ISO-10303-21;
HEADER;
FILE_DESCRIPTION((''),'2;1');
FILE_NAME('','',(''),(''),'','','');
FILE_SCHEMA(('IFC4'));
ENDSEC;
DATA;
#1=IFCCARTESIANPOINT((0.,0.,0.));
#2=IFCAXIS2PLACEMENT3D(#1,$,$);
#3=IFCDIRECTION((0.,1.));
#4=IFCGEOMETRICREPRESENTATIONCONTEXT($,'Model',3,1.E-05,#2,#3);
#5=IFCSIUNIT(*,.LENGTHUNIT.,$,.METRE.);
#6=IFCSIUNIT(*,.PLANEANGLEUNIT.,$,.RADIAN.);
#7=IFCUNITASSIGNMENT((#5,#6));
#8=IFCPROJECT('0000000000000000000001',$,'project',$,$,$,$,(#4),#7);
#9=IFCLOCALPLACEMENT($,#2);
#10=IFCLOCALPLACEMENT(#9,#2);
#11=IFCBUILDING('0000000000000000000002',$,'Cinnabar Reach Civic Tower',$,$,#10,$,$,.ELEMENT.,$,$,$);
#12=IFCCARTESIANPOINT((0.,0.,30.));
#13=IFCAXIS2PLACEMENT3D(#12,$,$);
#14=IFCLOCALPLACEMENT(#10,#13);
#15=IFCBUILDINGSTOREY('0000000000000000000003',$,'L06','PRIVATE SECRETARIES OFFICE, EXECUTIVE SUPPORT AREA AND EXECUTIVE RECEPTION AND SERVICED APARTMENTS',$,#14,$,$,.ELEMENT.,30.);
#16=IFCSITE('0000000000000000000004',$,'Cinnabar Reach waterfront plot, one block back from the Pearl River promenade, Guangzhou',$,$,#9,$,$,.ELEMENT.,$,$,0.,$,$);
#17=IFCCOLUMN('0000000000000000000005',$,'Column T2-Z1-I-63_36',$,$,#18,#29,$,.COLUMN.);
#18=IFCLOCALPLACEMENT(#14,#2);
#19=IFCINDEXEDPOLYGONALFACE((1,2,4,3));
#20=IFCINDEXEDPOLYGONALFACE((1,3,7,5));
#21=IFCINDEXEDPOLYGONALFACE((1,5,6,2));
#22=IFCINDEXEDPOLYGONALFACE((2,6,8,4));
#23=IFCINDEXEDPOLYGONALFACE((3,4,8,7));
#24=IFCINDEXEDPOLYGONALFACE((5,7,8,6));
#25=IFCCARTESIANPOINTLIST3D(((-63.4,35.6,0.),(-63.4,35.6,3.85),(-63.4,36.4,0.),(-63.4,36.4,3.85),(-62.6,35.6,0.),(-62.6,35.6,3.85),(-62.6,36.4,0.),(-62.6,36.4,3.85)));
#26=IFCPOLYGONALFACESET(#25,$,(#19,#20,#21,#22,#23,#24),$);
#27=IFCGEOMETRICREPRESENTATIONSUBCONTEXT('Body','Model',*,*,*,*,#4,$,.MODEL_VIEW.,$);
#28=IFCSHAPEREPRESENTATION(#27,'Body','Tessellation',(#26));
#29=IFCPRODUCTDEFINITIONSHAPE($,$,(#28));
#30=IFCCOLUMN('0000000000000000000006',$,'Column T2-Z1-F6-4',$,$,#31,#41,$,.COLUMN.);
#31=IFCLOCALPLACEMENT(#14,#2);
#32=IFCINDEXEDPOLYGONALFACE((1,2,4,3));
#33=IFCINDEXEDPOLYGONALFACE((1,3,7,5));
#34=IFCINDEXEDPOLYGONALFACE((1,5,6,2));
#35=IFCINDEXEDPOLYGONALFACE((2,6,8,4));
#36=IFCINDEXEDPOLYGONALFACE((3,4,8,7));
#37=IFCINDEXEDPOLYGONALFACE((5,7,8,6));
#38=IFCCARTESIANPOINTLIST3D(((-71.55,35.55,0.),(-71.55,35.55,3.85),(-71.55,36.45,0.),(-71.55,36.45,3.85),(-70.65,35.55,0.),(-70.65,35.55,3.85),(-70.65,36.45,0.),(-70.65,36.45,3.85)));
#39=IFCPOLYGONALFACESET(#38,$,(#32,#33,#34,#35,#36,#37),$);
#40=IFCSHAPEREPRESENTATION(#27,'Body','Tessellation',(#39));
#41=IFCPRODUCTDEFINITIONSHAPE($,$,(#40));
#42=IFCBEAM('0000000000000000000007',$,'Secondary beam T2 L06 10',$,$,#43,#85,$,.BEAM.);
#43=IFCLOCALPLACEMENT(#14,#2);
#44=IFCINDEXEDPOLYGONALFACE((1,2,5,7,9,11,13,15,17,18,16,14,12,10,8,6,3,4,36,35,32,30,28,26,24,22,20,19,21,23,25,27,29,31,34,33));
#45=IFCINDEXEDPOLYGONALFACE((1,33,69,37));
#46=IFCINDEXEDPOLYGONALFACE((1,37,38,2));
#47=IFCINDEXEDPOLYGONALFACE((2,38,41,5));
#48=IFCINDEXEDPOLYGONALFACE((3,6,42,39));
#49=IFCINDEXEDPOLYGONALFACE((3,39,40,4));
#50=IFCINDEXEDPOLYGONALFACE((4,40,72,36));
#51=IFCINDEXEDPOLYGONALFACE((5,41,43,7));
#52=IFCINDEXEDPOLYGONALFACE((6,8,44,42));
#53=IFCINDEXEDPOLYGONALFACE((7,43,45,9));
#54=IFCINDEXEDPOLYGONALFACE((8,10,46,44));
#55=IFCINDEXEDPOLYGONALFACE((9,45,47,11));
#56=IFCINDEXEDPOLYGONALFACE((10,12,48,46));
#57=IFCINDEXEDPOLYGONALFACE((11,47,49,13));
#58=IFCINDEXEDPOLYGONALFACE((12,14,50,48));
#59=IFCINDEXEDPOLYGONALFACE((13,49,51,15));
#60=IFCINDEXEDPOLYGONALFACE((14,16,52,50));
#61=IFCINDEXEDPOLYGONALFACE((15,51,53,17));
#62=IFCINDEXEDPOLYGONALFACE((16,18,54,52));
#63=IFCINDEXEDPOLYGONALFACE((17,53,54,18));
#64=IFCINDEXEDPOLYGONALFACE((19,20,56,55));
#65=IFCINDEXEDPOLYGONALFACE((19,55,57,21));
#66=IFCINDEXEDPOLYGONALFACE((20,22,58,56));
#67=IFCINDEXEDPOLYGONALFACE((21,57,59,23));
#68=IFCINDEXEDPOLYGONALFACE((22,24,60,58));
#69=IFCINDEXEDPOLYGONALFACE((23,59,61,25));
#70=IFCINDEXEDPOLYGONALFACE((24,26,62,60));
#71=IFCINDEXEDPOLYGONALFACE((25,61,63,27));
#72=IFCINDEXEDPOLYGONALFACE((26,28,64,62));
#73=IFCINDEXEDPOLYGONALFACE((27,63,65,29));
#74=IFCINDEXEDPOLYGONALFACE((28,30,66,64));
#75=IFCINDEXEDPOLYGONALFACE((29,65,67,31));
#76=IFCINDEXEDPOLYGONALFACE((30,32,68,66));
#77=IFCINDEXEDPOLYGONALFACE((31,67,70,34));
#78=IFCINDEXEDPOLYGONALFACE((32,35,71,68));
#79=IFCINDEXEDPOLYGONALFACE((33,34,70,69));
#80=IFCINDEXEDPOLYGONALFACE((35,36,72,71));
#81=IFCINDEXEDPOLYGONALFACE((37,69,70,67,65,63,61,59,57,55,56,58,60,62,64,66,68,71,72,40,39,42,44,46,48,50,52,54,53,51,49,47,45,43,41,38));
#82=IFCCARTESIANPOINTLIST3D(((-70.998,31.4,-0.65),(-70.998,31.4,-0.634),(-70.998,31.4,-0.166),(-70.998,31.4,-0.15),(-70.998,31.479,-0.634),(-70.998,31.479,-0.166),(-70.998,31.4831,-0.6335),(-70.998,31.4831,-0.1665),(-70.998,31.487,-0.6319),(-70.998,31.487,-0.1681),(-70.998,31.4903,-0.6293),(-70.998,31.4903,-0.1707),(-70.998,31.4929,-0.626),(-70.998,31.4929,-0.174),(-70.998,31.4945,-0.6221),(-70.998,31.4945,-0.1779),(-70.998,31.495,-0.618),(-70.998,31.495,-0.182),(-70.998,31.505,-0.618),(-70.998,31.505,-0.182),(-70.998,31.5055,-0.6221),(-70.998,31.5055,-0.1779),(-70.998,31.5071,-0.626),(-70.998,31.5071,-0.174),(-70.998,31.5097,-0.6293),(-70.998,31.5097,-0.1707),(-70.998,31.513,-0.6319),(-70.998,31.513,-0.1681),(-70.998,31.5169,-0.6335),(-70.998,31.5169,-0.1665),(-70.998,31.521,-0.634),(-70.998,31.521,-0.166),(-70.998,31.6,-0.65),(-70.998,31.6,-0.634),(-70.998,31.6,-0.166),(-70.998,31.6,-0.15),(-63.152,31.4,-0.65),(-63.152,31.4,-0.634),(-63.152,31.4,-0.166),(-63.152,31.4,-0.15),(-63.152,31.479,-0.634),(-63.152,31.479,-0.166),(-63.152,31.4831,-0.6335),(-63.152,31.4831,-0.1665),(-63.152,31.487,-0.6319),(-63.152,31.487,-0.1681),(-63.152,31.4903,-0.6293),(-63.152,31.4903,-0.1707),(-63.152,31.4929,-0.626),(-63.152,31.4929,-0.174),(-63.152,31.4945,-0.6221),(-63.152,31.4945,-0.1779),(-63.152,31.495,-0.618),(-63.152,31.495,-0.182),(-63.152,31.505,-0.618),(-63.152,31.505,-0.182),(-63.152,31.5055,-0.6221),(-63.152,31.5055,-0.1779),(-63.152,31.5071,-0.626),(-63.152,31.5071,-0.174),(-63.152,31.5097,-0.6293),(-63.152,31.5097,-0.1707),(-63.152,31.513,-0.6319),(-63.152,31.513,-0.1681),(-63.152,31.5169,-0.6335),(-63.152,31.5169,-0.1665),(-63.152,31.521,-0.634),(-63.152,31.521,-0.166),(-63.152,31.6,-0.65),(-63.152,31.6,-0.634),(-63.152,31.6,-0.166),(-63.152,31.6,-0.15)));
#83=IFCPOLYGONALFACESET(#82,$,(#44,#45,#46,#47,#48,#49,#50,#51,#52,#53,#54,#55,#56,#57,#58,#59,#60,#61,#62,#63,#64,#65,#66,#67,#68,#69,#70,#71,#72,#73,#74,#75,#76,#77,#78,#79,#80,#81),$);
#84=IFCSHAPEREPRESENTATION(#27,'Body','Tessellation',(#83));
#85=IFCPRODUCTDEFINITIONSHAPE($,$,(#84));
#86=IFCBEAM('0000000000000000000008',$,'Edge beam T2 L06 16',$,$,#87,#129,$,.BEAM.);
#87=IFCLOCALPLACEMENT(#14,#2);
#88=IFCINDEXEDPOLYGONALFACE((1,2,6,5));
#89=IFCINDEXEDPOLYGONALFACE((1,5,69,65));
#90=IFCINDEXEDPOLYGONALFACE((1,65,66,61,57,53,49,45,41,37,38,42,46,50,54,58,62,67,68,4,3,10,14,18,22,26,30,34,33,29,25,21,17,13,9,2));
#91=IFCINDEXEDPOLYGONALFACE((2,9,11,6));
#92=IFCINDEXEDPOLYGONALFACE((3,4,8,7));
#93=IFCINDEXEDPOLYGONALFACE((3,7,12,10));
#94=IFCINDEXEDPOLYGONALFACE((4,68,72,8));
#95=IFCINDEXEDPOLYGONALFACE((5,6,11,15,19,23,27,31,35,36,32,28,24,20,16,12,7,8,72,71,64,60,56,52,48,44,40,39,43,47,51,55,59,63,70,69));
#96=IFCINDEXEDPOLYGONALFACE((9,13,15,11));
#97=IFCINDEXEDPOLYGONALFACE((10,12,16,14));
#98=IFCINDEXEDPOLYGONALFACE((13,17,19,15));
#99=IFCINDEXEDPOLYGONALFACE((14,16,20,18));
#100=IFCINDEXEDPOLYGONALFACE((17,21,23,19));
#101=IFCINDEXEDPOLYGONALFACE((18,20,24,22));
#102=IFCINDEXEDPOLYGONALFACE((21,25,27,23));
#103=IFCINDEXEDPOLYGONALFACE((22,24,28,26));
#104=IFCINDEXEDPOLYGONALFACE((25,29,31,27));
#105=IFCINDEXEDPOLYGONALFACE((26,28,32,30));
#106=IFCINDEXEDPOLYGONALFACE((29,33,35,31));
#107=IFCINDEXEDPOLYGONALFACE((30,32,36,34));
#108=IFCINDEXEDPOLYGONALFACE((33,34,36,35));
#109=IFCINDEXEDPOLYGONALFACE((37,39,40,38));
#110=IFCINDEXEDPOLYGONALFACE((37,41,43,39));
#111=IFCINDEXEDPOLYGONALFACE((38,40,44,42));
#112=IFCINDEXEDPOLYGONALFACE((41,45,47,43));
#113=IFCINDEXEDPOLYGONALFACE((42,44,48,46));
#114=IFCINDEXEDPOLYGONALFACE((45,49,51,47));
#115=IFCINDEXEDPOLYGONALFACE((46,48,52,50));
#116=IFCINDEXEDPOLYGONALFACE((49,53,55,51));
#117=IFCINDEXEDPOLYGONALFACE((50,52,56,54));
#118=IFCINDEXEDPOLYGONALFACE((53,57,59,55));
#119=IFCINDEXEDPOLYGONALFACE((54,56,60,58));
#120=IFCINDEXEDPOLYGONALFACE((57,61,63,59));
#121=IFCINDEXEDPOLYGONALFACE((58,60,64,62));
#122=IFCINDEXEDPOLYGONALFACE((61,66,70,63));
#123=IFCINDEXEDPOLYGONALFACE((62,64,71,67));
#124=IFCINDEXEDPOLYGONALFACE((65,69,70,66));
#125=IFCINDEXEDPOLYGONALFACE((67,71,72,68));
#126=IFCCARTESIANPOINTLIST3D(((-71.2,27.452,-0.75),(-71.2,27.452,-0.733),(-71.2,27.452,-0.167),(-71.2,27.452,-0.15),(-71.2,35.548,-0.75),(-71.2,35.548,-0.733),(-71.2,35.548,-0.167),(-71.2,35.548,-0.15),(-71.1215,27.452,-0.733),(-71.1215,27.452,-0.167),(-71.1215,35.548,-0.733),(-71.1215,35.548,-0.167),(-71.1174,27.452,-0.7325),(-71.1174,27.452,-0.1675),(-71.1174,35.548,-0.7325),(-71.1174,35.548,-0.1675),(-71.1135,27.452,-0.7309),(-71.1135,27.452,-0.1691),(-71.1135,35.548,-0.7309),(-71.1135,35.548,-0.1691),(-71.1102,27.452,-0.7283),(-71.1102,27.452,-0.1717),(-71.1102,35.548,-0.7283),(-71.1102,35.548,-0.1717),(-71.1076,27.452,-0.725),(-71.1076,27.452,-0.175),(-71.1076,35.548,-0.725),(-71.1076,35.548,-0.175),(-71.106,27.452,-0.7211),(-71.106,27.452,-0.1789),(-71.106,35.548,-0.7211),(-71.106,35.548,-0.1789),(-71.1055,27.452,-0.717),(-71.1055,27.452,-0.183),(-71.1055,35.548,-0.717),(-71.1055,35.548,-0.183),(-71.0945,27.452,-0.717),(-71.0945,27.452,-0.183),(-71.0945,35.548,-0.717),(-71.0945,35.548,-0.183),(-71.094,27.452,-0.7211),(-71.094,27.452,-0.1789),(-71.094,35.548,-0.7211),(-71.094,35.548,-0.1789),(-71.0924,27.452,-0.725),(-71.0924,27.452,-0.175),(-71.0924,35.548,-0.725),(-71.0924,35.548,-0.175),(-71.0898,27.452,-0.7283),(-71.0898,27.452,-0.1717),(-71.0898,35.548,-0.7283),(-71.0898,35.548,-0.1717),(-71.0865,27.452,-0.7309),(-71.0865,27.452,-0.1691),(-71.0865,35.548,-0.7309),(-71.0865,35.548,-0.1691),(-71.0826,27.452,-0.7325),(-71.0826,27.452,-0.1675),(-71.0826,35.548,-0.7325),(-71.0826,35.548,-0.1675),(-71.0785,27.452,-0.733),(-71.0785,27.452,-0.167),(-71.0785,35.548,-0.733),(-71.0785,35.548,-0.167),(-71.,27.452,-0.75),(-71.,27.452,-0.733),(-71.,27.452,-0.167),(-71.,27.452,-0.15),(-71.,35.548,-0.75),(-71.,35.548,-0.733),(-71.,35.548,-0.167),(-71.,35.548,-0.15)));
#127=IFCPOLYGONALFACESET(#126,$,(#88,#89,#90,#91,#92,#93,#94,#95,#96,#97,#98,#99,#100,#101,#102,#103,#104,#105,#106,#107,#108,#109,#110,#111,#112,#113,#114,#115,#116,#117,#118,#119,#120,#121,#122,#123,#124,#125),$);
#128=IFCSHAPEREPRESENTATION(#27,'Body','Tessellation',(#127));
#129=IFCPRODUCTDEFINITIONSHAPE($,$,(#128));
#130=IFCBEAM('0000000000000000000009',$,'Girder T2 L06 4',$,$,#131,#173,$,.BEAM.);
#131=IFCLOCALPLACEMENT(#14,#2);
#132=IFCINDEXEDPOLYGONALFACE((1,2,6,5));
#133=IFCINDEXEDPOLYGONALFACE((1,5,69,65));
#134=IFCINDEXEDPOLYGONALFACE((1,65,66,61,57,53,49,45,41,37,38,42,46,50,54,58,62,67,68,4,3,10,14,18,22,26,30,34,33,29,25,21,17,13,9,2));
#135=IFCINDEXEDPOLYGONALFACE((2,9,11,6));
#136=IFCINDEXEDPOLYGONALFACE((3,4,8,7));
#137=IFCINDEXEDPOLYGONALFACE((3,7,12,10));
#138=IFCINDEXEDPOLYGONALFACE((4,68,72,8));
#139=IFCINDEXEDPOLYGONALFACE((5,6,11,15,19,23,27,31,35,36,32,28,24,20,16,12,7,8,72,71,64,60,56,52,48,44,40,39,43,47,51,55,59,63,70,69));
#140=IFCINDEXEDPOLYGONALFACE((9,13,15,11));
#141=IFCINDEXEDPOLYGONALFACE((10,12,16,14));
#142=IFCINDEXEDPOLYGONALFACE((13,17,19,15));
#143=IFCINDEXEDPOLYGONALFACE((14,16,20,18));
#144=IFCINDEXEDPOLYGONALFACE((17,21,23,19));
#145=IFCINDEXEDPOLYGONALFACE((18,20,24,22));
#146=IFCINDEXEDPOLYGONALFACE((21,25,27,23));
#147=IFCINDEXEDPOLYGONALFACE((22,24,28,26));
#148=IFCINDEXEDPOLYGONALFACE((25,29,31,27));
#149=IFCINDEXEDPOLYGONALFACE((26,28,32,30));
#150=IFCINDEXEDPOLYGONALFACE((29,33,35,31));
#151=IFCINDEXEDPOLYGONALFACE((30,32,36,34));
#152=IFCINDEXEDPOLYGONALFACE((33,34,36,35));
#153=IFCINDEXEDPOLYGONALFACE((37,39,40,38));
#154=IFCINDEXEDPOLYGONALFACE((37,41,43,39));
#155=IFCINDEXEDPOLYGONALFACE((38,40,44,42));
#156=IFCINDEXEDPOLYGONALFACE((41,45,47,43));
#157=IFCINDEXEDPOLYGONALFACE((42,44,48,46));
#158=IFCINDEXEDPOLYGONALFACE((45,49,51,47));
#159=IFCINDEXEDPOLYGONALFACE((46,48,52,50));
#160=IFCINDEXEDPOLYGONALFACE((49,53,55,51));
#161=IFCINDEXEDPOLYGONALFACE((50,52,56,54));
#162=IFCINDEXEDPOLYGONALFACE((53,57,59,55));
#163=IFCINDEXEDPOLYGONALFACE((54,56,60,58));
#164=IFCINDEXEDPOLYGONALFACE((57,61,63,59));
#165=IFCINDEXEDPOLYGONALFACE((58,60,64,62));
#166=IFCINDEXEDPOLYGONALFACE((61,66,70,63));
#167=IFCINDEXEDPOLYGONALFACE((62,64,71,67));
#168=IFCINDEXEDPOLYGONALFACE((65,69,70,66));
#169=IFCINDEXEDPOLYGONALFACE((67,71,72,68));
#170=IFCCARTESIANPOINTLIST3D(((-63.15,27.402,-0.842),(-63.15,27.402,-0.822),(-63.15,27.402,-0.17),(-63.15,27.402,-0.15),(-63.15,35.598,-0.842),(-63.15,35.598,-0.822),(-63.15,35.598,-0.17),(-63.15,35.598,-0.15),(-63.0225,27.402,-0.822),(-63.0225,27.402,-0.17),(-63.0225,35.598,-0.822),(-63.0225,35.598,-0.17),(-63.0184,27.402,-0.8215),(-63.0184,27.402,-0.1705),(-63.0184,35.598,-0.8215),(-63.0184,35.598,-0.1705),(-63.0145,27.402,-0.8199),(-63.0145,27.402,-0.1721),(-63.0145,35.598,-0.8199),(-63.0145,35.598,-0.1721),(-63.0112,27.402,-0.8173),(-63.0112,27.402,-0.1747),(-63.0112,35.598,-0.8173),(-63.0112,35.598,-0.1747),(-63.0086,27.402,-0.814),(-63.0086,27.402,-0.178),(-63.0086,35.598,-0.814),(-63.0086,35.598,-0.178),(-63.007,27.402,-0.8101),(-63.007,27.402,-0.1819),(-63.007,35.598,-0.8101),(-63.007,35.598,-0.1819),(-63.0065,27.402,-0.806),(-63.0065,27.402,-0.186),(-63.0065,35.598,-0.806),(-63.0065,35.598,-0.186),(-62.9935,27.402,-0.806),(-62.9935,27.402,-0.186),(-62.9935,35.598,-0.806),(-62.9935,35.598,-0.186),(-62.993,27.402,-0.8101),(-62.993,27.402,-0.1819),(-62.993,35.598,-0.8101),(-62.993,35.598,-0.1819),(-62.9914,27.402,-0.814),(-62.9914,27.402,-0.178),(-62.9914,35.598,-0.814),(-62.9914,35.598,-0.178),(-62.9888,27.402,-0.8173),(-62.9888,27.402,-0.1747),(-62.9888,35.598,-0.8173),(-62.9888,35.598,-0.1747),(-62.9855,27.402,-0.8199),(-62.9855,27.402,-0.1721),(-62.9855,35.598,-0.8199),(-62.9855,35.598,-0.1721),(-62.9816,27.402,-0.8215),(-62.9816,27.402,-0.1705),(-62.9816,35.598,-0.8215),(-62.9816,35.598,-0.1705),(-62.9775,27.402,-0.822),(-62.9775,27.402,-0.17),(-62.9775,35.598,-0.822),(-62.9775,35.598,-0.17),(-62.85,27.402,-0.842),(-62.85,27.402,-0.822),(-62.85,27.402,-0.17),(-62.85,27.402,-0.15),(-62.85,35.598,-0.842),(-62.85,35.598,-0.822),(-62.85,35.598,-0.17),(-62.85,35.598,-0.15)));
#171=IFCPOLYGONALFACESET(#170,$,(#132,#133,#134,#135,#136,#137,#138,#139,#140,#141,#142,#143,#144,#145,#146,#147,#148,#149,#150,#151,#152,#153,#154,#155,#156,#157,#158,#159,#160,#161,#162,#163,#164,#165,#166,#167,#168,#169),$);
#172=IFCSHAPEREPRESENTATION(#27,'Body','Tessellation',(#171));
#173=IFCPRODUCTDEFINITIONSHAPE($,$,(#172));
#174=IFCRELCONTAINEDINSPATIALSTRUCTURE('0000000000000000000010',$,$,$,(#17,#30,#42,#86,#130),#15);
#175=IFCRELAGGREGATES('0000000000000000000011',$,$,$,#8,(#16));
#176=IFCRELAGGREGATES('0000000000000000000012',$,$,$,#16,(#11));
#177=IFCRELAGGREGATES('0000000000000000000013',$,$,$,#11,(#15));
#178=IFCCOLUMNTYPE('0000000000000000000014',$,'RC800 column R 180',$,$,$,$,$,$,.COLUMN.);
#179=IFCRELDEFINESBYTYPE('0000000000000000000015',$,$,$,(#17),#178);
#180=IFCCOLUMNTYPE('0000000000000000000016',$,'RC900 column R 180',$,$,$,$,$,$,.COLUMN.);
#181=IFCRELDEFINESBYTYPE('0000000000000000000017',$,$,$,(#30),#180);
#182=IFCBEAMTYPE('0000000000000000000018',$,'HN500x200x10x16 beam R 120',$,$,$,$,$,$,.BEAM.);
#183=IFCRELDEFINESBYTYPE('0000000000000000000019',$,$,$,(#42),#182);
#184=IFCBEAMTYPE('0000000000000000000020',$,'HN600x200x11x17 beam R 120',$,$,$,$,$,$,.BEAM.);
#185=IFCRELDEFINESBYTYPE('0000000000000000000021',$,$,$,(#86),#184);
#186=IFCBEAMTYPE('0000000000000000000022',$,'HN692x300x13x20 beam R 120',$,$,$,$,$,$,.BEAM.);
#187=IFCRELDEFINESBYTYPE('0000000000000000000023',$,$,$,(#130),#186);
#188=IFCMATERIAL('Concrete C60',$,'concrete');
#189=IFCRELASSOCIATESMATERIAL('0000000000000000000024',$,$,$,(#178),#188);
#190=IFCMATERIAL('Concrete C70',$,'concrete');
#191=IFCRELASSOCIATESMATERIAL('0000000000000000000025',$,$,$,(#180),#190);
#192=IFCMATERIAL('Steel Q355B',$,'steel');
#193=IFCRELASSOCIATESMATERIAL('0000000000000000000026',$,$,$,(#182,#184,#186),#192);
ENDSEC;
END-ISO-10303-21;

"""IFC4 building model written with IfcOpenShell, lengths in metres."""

from ifc_helpers import new_model, si_unit, direction, frame, origin, origin_2d, place, context, subcontext, project, spatial, rectangle, i_section, extrude, material, material_profile, profile_set, type_object, element, save


model = new_model("IFC4")

# Units and contexts
model_context = context("Model", 3, precision=1e-05, world=origin(), true_north=direction((0.0, 1.0)))
body_context = subcontext(model_context, "Body", "Model", "MODEL_VIEW")
ifc_project = project(units=[si_unit("LENGTHUNIT", "METRE"), si_unit("PLANEANGLEUNIT", "RADIAN")], contexts=[model_context])

# Site, building, storey
site_placement = place(None, origin())
site = spatial("IfcSite", under=ifc_project, at=site_placement, Name="Cinnabar Reach waterfront plot, one block back from the Pearl River promenade, Guangzhou", CompositionType="ELEMENT", RefElevation=0.0)
building_placement = place(site_placement, origin())
building = spatial("IfcBuilding", under=site, at=building_placement, Name="Cinnabar Reach Civic Tower", CompositionType="ELEMENT")
storey_placement = place(building_placement, frame((0.0, 0.0, 30.0)))
storey = spatial("IfcBuildingStorey", under=building, at=storey_placement, Name="L06", Description="PRIVATE SECRETARIES OFFICE, EXECUTIVE SUPPORT AREA AND EXECUTIVE RECEPTION AND SERVICED APARTMENTS", CompositionType="ELEMENT", Elevation=30.0)

# Columns
ifc_material_1 = material(Name="Concrete C60", Category="concrete")
ifc_material_profile_1 = material_profile(ifc_material_1, rectangle(XDim=0.8, YDim=0.8, at=origin_2d()), Name="RC800")
ifc_profile_set_1 = profile_set([ifc_material_profile_1], Name="Concrete C60")
column_type_1 = type_object("IfcColumnType", Name="RC800 column R 180", PredefinedType="COLUMN", material=ifc_profile_set_1)
column_1_placement = place(storey_placement, frame((-63.0, 36.0, 0.0), z_axis=(0.0, 0.0, 1.0), x_axis=(1.0, 0.0, 0.0)))
element("IfcColumn", 1, at=column_1_placement, inside=storey, type_object=column_type_1, Name="Column T2-Z1-I-63_36", PredefinedType="COLUMN", context=body_context, shape_type="SweptSolid", body=[
    extrude(rectangle(XDim=0.8, YDim=0.8, at=origin_2d()), origin(), (0.0, 0.0, 1.0), 3.85),
])
ifc_material_2 = material(Name="Concrete C70", Category="concrete")
ifc_material_profile_2 = material_profile(ifc_material_2, rectangle(XDim=0.9, YDim=0.9, at=origin_2d()), Name="RC900")
ifc_profile_set_2 = profile_set([ifc_material_profile_2], Name="Concrete C70")
column_type_2 = type_object("IfcColumnType", Name="RC900 column R 180", PredefinedType="COLUMN", material=ifc_profile_set_2)
column_2_placement = place(storey_placement, frame((-71.1, 36.0, 0.0), z_axis=(0.0, 0.0, 1.0), x_axis=(1.0, 0.0, 0.0)))
element("IfcColumn", 2, at=column_2_placement, inside=storey, type_object=column_type_2, Name="Column T2-Z1-F6-4", PredefinedType="COLUMN", context=body_context, shape_type="SweptSolid", body=[
    extrude(rectangle(XDim=0.9, YDim=0.9, at=origin_2d()), origin(), (0.0, 0.0, 1.0), 3.85),
])

# Beams
ifc_material_3 = material(Name="Steel Q355B", Category="steel")
ifc_material_profile_3 = material_profile(ifc_material_3, i_section(OverallWidth=0.2, OverallDepth=0.5, WebThickness=0.01, FlangeThickness=0.016, FilletRadius=0.016, at=origin_2d()), Name="HN500x200x10x16")
ifc_profile_set_3 = profile_set([ifc_material_profile_3], Name="Steel Q355B")
beam_type_1 = type_object("IfcBeamType", Name="HN500x200x10x16 beam R 120", PredefinedType="BEAM", material=ifc_profile_set_3)
beam_1_placement = place(storey_placement, frame((-70.998, 31.5, -0.4), z_axis=(1.0, 0.0, 0.0), x_axis=(0.0, 1.0, 0.0)))
element("IfcBeam", 3, at=beam_1_placement, inside=storey, type_object=beam_type_1, Name="Secondary beam T2 L06 10", PredefinedType="BEAM", context=body_context, shape_type="SweptSolid", body=[
    extrude(i_section(OverallWidth=0.2, OverallDepth=0.5, WebThickness=0.01, FlangeThickness=0.016, FilletRadius=0.016, at=origin_2d()), origin(), (0.0, 0.0, 1.0), 7.846),
])
ifc_material_profile_4 = material_profile(ifc_material_3, i_section(OverallWidth=0.2, OverallDepth=0.6, WebThickness=0.011, FlangeThickness=0.017, FilletRadius=0.016, at=origin_2d()), Name="HN600x200x11x17")
ifc_profile_set_4 = profile_set([ifc_material_profile_4], Name="Steel Q355B")
beam_type_2 = type_object("IfcBeamType", Name="HN600x200x11x17 beam R 120", PredefinedType="BEAM", material=ifc_profile_set_4)
beam_2_placement = place(storey_placement, frame((-71.1, 35.548, -0.45), z_axis=(0.0, -1.0, 0.0), x_axis=(1.0, 0.0, 0.0)))
element("IfcBeam", 4, at=beam_2_placement, inside=storey, type_object=beam_type_2, Name="Edge beam T2 L06 16", PredefinedType="BEAM", context=body_context, shape_type="SweptSolid", body=[
    extrude(i_section(OverallWidth=0.2, OverallDepth=0.6, WebThickness=0.011, FlangeThickness=0.017, FilletRadius=0.016, at=origin_2d()), origin(), (0.0, 0.0, 1.0), 8.096),
])
ifc_material_profile_5 = material_profile(ifc_material_3, i_section(OverallWidth=0.3, OverallDepth=0.692, WebThickness=0.013, FlangeThickness=0.02, FilletRadius=0.016, at=origin_2d()), Name="HN692x300x13x20")
ifc_profile_set_5 = profile_set([ifc_material_profile_5], Name="Steel Q355B")
beam_type_3 = type_object("IfcBeamType", Name="HN692x300x13x20 beam R 120", PredefinedType="BEAM", material=ifc_profile_set_5)
beam_3_placement = place(storey_placement, frame((-63.0, 27.402, -0.496), z_axis=(0.0, 1.0, 0.0), x_axis=(-1.0, 0.0, 0.0)))
element("IfcBeam", 5, at=beam_3_placement, inside=storey, type_object=beam_type_3, Name="Girder T2 L06 4", PredefinedType="BEAM", context=body_context, shape_type="SweptSolid", body=[
    extrude(i_section(OverallWidth=0.3, OverallDepth=0.692, WebThickness=0.013, FlangeThickness=0.02, FilletRadius=0.016, at=origin_2d()), origin(), (0.0, 0.0, 1.0), 8.196),
])

save(model, "model.ifc")
